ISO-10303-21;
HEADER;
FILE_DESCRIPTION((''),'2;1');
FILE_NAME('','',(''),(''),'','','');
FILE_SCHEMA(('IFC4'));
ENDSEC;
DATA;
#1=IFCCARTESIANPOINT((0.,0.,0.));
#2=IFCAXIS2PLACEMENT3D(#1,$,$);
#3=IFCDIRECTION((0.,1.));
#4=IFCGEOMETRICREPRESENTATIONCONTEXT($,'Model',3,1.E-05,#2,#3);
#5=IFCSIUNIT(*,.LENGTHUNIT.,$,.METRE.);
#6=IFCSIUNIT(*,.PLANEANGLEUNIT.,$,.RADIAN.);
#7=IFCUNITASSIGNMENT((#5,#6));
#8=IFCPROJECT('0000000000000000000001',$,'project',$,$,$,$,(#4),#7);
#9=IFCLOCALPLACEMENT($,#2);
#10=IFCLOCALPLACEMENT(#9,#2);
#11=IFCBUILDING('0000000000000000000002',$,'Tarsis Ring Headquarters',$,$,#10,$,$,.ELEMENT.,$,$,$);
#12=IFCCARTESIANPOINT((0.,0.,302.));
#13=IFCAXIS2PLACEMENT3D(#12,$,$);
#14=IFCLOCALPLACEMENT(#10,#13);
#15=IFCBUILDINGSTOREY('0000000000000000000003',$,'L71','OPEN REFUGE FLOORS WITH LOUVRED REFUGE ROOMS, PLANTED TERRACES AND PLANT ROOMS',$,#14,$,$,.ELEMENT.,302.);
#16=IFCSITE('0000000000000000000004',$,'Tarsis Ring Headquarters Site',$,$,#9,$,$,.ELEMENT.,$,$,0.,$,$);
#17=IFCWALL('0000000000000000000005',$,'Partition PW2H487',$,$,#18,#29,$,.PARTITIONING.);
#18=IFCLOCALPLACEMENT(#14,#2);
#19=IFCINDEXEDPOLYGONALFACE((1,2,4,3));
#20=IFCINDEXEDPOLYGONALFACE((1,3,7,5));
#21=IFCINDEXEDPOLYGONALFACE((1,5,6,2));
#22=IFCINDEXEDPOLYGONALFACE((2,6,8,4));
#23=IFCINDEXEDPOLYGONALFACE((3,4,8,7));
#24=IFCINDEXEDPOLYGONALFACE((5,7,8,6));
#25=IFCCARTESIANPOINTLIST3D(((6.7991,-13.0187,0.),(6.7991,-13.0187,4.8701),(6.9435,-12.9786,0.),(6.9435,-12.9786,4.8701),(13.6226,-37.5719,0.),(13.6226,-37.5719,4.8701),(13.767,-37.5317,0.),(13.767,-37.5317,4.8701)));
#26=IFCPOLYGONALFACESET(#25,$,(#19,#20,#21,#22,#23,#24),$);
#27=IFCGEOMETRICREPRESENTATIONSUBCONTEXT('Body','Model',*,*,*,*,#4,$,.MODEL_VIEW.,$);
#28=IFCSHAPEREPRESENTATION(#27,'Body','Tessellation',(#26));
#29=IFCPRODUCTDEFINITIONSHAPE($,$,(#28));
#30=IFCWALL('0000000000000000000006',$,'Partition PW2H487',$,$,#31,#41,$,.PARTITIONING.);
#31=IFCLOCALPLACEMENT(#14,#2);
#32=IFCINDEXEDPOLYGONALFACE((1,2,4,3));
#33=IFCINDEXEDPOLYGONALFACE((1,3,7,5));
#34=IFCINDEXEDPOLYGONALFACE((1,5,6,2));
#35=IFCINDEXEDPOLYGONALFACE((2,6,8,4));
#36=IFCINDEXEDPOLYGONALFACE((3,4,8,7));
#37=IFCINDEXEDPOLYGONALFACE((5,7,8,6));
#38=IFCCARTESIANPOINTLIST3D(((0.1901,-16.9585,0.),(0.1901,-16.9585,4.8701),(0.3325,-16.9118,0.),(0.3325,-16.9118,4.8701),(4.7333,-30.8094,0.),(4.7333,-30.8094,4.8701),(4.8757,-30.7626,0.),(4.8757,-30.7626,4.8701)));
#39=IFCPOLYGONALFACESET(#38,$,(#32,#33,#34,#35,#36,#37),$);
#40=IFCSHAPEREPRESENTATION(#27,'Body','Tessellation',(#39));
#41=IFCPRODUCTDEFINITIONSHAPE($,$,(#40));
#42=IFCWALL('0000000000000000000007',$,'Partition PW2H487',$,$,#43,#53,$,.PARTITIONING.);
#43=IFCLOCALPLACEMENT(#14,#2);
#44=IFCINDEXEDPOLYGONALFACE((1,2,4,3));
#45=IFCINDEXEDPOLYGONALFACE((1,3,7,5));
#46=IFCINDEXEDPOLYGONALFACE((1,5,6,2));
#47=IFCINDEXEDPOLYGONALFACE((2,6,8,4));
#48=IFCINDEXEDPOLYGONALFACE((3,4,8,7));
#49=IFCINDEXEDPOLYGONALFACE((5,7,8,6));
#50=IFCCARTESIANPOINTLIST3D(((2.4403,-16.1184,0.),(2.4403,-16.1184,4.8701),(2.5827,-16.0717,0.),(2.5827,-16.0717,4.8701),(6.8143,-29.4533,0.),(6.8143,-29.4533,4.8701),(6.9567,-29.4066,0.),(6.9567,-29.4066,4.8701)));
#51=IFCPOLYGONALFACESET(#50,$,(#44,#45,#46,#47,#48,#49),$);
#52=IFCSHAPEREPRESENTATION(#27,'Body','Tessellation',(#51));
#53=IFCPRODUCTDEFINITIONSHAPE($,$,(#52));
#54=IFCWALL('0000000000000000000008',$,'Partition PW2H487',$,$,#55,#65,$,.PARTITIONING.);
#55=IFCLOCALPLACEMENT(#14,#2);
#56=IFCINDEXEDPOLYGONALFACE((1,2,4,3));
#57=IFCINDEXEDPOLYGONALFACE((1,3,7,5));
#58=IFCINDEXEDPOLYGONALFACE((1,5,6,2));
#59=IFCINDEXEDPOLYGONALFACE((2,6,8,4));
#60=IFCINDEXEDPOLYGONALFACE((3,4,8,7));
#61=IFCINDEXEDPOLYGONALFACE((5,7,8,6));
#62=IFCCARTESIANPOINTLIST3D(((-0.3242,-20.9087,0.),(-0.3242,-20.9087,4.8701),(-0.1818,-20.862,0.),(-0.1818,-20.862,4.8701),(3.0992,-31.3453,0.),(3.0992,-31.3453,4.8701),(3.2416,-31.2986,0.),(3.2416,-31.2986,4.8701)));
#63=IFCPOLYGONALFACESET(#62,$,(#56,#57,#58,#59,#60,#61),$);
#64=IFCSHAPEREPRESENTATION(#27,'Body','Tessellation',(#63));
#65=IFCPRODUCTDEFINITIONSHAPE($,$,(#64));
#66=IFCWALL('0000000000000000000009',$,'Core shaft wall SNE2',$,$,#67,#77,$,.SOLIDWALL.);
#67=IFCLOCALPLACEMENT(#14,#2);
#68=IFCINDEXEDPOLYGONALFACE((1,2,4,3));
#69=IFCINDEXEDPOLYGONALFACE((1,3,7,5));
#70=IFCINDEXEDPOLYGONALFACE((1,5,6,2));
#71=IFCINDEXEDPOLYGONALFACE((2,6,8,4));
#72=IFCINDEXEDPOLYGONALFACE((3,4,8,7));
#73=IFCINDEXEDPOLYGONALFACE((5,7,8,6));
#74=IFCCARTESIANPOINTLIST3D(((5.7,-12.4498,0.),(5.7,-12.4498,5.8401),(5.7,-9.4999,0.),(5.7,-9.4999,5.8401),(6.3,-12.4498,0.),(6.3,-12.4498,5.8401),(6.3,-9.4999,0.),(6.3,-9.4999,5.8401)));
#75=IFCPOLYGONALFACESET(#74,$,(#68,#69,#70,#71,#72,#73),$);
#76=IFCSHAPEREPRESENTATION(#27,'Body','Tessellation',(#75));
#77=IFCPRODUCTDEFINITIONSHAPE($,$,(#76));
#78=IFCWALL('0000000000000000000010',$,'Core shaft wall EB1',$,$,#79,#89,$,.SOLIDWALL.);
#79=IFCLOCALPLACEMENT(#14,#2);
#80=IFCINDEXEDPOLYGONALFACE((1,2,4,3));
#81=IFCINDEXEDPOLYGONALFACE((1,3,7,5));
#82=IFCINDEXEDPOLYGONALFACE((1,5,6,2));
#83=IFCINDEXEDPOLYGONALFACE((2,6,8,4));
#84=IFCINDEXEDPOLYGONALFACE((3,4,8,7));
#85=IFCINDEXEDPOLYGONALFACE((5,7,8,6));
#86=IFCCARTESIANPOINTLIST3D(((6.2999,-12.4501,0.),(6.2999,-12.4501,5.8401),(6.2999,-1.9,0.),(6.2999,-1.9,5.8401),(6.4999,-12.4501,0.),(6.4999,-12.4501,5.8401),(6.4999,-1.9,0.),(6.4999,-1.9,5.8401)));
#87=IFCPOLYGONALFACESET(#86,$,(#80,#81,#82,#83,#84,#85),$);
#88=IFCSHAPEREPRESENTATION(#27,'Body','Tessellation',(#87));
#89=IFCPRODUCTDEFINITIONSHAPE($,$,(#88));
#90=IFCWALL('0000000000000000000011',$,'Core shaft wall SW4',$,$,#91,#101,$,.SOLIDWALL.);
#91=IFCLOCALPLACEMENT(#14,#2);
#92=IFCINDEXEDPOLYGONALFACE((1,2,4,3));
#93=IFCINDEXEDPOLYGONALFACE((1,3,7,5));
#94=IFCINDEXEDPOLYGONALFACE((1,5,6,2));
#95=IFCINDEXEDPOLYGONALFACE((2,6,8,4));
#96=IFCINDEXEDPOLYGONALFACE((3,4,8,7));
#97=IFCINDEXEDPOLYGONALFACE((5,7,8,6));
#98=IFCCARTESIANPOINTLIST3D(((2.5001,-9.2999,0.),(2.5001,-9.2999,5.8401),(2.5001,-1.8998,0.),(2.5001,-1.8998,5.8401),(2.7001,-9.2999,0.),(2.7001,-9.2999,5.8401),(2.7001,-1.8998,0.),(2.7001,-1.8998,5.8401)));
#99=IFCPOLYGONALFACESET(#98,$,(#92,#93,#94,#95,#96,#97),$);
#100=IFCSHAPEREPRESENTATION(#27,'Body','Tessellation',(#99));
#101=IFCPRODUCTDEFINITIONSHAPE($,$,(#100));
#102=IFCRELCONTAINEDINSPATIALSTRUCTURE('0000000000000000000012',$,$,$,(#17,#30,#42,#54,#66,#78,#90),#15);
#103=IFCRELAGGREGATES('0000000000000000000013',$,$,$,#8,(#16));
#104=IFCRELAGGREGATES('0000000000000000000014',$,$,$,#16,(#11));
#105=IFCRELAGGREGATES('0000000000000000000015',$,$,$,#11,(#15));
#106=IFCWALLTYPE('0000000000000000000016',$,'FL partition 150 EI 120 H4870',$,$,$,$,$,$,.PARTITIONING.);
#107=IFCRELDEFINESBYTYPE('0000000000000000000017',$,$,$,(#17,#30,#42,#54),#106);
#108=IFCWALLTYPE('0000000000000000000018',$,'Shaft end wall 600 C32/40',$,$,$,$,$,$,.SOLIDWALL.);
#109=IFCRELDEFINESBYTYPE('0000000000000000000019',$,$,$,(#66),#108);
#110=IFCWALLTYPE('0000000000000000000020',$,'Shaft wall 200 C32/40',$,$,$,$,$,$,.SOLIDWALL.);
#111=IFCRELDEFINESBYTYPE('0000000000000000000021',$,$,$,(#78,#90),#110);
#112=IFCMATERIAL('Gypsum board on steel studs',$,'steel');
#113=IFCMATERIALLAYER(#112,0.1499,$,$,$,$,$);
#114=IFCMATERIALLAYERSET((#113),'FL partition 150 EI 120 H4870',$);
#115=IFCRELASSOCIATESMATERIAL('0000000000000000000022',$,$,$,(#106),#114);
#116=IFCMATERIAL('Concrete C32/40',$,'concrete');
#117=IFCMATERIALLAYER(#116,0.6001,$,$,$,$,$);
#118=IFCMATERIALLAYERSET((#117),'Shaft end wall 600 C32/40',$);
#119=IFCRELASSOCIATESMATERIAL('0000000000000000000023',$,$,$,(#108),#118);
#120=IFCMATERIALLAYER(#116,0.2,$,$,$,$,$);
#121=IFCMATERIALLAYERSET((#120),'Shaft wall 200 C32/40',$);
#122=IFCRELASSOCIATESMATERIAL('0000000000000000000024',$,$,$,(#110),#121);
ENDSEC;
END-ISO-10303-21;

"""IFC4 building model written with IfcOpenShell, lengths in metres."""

from ifc_helpers import new_model, si_unit, direction, frame, frame_2d, origin, place, context, subcontext, project, spatial, rectangle, extrude, material, layer, layer_set, type_object, element, save


model = new_model("IFC4")

# Units and contexts
model_context = context("Model", 3, precision=1e-05, world=origin(), true_north=direction((0.0, 1.0)))
body_context = subcontext(model_context, "Body", "Model", "MODEL_VIEW")
ifc_project = project(units=[si_unit("LENGTHUNIT", "METRE"), si_unit("PLANEANGLEUNIT", "RADIAN")], contexts=[model_context])

# Site, building, storey
site_placement = place(None, origin())
site = spatial("IfcSite", under=ifc_project, at=site_placement, Name="Tarsis Ring Headquarters Site", CompositionType="ELEMENT", RefElevation=0.0)
building_placement = place(site_placement, origin())
building = spatial("IfcBuilding", under=site, at=building_placement, Name="Tarsis Ring Headquarters", CompositionType="ELEMENT")
storey_placement = place(building_placement, frame((0.0, 0.0, 302.0)))
storey = spatial("IfcBuildingStorey", under=building, at=storey_placement, Name="L71", Description="OPEN REFUGE FLOORS WITH LOUVRED REFUGE ROOMS, PLANTED TERRACES AND PLANT ROOMS", CompositionType="ELEMENT", Elevation=302.0)

# Walls
ifc_material_1 = material(Name="Gypsum board on steel studs", Category="steel")
ifc_layer_1 = layer(ifc_material_1, 0.1499)
ifc_layer_set_1 = layer_set([ifc_layer_1], Name="FL partition 150 EI 120 H4870")
wall_type_1 = type_object("IfcWallType", Name="FL partition 150 EI 120 H4870", PredefinedType="PARTITIONING", material=ifc_layer_set_1)
wall_1_placement = place(storey_placement, frame((6.8713, -12.9988, 0.0), z_axis=(0.0, 0.0, 1.0), x_axis=(0.267758, -0.963486, 0.0)))
element("IfcWall", 1, at=wall_1_placement, inside=storey, type_object=wall_type_1, Name="Partition PW2H487", PredefinedType="PARTITIONING", context=body_context, shape_type="SweptSolid", body=[
    extrude(rectangle(XDim=25.4836, YDim=0.1499, at=frame_2d((12.7417, 0.0))), origin(), (0.0, 0.0, 1.0), 4.8701),
])
wall_2_placement = place(storey_placement, frame((0.2612, -16.9351, 0.0), z_axis=(0.0, 0.0, 1.0), x_axis=(0.311672, -0.95019, 0.0)))
element("IfcWall", 2, at=wall_2_placement, inside=storey, type_object=wall_type_1, Name="Partition PW2H487", PredefinedType="PARTITIONING", context=body_context, shape_type="SweptSolid", body=[
    extrude(rectangle(XDim=14.5769, YDim=0.1499, at=frame_2d((7.2886, 0.0))), origin(), (0.0, 0.0, 1.0), 4.8701),
])
wall_3_placement = place(storey_placement, frame((2.5115, -16.095, 0.0), z_axis=(0.0, 0.0, 1.0), x_axis=(0.311673, -0.950189, 0.0)))
element("IfcWall", 3, at=wall_3_placement, inside=storey, type_object=wall_type_1, Name="Partition PW2H487", PredefinedType="PARTITIONING", context=body_context, shape_type="SweptSolid", body=[
    extrude(rectangle(XDim=14.0339, YDim=0.1499, at=frame_2d((7.0171, 0.0))), origin(), (0.0, 0.0, 1.0), 4.8701),
])
wall_4_placement = place(storey_placement, frame((-0.2529, -20.8855, 0.0), z_axis=(0.0, 0.0, 1.0), x_axis=(0.311676, -0.950188, 0.0)))
element("IfcWall", 4, at=wall_4_placement, inside=storey, type_object=wall_type_1, Name="Partition PW2H487", PredefinedType="PARTITIONING", context=body_context, shape_type="SweptSolid", body=[
    extrude(rectangle(XDim=10.9836, YDim=0.1499, at=frame_2d((5.4917, 0.0))), origin(), (0.0, 0.0, 1.0), 4.8701),
])
ifc_material_2 = material(Name="Concrete C32/40", Category="concrete")
ifc_layer_2 = layer(ifc_material_2, 0.6001)
ifc_layer_set_2 = layer_set([ifc_layer_2], Name="Shaft end wall 600 C32/40")
wall_type_2 = type_object("IfcWallType", Name="Shaft end wall 600 C32/40", PredefinedType="SOLIDWALL", material=ifc_layer_set_2)
wall_5_placement = place(storey_placement, frame((6.0, -12.45, 0.0), z_axis=(0.0, 0.0, 1.0), x_axis=(0.0, 1.0, 0.0)))
element("IfcWall", 5, at=wall_5_placement, inside=storey, type_object=wall_type_2, Name="Core shaft wall SNE2", PredefinedType="SOLIDWALL", context=body_context, shape_type="SweptSolid", body=[
    extrude(rectangle(XDim=2.95, YDim=0.6001, at=frame_2d((1.4751, 0.0))), origin(), (0.0, 0.0, 1.0), 5.8401),
])
ifc_layer_3 = layer(ifc_material_2, 0.2)
ifc_layer_set_3 = layer_set([ifc_layer_3], Name="Shaft wall 200 C32/40")
wall_type_3 = type_object("IfcWallType", Name="Shaft wall 200 C32/40", PredefinedType="SOLIDWALL", material=ifc_layer_set_3)
wall_6_placement = place(storey_placement, frame((6.3999, -12.45, 0.0), z_axis=(0.0, 0.0, 1.0), x_axis=(0.0, 1.0, 0.0)))
element("IfcWall", 6, at=wall_6_placement, inside=storey, type_object=wall_type_3, Name="Core shaft wall EB1", PredefinedType="SOLIDWALL", context=body_context, shape_type="SweptSolid", body=[
    extrude(rectangle(XDim=10.55, YDim=0.2, at=frame_2d((5.2749, 0.0))), origin(), (0.0, 0.0, 1.0), 5.8401),
])
wall_7_placement = place(storey_placement, frame((2.6001, -9.3, 0.0), z_axis=(0.0, 0.0, 1.0), x_axis=(0.0, 1.0, 0.0)))
element("IfcWall", 7, at=wall_7_placement, inside=storey, type_object=wall_type_3, Name="Core shaft wall SW4", PredefinedType="SOLIDWALL", context=body_context, shape_type="SweptSolid", body=[
    extrude(rectangle(XDim=7.4001, YDim=0.2, at=frame_2d((3.7002, 0.0))), origin(), (0.0, 0.0, 1.0), 5.8401),
])

save(model, "model.ifc")
